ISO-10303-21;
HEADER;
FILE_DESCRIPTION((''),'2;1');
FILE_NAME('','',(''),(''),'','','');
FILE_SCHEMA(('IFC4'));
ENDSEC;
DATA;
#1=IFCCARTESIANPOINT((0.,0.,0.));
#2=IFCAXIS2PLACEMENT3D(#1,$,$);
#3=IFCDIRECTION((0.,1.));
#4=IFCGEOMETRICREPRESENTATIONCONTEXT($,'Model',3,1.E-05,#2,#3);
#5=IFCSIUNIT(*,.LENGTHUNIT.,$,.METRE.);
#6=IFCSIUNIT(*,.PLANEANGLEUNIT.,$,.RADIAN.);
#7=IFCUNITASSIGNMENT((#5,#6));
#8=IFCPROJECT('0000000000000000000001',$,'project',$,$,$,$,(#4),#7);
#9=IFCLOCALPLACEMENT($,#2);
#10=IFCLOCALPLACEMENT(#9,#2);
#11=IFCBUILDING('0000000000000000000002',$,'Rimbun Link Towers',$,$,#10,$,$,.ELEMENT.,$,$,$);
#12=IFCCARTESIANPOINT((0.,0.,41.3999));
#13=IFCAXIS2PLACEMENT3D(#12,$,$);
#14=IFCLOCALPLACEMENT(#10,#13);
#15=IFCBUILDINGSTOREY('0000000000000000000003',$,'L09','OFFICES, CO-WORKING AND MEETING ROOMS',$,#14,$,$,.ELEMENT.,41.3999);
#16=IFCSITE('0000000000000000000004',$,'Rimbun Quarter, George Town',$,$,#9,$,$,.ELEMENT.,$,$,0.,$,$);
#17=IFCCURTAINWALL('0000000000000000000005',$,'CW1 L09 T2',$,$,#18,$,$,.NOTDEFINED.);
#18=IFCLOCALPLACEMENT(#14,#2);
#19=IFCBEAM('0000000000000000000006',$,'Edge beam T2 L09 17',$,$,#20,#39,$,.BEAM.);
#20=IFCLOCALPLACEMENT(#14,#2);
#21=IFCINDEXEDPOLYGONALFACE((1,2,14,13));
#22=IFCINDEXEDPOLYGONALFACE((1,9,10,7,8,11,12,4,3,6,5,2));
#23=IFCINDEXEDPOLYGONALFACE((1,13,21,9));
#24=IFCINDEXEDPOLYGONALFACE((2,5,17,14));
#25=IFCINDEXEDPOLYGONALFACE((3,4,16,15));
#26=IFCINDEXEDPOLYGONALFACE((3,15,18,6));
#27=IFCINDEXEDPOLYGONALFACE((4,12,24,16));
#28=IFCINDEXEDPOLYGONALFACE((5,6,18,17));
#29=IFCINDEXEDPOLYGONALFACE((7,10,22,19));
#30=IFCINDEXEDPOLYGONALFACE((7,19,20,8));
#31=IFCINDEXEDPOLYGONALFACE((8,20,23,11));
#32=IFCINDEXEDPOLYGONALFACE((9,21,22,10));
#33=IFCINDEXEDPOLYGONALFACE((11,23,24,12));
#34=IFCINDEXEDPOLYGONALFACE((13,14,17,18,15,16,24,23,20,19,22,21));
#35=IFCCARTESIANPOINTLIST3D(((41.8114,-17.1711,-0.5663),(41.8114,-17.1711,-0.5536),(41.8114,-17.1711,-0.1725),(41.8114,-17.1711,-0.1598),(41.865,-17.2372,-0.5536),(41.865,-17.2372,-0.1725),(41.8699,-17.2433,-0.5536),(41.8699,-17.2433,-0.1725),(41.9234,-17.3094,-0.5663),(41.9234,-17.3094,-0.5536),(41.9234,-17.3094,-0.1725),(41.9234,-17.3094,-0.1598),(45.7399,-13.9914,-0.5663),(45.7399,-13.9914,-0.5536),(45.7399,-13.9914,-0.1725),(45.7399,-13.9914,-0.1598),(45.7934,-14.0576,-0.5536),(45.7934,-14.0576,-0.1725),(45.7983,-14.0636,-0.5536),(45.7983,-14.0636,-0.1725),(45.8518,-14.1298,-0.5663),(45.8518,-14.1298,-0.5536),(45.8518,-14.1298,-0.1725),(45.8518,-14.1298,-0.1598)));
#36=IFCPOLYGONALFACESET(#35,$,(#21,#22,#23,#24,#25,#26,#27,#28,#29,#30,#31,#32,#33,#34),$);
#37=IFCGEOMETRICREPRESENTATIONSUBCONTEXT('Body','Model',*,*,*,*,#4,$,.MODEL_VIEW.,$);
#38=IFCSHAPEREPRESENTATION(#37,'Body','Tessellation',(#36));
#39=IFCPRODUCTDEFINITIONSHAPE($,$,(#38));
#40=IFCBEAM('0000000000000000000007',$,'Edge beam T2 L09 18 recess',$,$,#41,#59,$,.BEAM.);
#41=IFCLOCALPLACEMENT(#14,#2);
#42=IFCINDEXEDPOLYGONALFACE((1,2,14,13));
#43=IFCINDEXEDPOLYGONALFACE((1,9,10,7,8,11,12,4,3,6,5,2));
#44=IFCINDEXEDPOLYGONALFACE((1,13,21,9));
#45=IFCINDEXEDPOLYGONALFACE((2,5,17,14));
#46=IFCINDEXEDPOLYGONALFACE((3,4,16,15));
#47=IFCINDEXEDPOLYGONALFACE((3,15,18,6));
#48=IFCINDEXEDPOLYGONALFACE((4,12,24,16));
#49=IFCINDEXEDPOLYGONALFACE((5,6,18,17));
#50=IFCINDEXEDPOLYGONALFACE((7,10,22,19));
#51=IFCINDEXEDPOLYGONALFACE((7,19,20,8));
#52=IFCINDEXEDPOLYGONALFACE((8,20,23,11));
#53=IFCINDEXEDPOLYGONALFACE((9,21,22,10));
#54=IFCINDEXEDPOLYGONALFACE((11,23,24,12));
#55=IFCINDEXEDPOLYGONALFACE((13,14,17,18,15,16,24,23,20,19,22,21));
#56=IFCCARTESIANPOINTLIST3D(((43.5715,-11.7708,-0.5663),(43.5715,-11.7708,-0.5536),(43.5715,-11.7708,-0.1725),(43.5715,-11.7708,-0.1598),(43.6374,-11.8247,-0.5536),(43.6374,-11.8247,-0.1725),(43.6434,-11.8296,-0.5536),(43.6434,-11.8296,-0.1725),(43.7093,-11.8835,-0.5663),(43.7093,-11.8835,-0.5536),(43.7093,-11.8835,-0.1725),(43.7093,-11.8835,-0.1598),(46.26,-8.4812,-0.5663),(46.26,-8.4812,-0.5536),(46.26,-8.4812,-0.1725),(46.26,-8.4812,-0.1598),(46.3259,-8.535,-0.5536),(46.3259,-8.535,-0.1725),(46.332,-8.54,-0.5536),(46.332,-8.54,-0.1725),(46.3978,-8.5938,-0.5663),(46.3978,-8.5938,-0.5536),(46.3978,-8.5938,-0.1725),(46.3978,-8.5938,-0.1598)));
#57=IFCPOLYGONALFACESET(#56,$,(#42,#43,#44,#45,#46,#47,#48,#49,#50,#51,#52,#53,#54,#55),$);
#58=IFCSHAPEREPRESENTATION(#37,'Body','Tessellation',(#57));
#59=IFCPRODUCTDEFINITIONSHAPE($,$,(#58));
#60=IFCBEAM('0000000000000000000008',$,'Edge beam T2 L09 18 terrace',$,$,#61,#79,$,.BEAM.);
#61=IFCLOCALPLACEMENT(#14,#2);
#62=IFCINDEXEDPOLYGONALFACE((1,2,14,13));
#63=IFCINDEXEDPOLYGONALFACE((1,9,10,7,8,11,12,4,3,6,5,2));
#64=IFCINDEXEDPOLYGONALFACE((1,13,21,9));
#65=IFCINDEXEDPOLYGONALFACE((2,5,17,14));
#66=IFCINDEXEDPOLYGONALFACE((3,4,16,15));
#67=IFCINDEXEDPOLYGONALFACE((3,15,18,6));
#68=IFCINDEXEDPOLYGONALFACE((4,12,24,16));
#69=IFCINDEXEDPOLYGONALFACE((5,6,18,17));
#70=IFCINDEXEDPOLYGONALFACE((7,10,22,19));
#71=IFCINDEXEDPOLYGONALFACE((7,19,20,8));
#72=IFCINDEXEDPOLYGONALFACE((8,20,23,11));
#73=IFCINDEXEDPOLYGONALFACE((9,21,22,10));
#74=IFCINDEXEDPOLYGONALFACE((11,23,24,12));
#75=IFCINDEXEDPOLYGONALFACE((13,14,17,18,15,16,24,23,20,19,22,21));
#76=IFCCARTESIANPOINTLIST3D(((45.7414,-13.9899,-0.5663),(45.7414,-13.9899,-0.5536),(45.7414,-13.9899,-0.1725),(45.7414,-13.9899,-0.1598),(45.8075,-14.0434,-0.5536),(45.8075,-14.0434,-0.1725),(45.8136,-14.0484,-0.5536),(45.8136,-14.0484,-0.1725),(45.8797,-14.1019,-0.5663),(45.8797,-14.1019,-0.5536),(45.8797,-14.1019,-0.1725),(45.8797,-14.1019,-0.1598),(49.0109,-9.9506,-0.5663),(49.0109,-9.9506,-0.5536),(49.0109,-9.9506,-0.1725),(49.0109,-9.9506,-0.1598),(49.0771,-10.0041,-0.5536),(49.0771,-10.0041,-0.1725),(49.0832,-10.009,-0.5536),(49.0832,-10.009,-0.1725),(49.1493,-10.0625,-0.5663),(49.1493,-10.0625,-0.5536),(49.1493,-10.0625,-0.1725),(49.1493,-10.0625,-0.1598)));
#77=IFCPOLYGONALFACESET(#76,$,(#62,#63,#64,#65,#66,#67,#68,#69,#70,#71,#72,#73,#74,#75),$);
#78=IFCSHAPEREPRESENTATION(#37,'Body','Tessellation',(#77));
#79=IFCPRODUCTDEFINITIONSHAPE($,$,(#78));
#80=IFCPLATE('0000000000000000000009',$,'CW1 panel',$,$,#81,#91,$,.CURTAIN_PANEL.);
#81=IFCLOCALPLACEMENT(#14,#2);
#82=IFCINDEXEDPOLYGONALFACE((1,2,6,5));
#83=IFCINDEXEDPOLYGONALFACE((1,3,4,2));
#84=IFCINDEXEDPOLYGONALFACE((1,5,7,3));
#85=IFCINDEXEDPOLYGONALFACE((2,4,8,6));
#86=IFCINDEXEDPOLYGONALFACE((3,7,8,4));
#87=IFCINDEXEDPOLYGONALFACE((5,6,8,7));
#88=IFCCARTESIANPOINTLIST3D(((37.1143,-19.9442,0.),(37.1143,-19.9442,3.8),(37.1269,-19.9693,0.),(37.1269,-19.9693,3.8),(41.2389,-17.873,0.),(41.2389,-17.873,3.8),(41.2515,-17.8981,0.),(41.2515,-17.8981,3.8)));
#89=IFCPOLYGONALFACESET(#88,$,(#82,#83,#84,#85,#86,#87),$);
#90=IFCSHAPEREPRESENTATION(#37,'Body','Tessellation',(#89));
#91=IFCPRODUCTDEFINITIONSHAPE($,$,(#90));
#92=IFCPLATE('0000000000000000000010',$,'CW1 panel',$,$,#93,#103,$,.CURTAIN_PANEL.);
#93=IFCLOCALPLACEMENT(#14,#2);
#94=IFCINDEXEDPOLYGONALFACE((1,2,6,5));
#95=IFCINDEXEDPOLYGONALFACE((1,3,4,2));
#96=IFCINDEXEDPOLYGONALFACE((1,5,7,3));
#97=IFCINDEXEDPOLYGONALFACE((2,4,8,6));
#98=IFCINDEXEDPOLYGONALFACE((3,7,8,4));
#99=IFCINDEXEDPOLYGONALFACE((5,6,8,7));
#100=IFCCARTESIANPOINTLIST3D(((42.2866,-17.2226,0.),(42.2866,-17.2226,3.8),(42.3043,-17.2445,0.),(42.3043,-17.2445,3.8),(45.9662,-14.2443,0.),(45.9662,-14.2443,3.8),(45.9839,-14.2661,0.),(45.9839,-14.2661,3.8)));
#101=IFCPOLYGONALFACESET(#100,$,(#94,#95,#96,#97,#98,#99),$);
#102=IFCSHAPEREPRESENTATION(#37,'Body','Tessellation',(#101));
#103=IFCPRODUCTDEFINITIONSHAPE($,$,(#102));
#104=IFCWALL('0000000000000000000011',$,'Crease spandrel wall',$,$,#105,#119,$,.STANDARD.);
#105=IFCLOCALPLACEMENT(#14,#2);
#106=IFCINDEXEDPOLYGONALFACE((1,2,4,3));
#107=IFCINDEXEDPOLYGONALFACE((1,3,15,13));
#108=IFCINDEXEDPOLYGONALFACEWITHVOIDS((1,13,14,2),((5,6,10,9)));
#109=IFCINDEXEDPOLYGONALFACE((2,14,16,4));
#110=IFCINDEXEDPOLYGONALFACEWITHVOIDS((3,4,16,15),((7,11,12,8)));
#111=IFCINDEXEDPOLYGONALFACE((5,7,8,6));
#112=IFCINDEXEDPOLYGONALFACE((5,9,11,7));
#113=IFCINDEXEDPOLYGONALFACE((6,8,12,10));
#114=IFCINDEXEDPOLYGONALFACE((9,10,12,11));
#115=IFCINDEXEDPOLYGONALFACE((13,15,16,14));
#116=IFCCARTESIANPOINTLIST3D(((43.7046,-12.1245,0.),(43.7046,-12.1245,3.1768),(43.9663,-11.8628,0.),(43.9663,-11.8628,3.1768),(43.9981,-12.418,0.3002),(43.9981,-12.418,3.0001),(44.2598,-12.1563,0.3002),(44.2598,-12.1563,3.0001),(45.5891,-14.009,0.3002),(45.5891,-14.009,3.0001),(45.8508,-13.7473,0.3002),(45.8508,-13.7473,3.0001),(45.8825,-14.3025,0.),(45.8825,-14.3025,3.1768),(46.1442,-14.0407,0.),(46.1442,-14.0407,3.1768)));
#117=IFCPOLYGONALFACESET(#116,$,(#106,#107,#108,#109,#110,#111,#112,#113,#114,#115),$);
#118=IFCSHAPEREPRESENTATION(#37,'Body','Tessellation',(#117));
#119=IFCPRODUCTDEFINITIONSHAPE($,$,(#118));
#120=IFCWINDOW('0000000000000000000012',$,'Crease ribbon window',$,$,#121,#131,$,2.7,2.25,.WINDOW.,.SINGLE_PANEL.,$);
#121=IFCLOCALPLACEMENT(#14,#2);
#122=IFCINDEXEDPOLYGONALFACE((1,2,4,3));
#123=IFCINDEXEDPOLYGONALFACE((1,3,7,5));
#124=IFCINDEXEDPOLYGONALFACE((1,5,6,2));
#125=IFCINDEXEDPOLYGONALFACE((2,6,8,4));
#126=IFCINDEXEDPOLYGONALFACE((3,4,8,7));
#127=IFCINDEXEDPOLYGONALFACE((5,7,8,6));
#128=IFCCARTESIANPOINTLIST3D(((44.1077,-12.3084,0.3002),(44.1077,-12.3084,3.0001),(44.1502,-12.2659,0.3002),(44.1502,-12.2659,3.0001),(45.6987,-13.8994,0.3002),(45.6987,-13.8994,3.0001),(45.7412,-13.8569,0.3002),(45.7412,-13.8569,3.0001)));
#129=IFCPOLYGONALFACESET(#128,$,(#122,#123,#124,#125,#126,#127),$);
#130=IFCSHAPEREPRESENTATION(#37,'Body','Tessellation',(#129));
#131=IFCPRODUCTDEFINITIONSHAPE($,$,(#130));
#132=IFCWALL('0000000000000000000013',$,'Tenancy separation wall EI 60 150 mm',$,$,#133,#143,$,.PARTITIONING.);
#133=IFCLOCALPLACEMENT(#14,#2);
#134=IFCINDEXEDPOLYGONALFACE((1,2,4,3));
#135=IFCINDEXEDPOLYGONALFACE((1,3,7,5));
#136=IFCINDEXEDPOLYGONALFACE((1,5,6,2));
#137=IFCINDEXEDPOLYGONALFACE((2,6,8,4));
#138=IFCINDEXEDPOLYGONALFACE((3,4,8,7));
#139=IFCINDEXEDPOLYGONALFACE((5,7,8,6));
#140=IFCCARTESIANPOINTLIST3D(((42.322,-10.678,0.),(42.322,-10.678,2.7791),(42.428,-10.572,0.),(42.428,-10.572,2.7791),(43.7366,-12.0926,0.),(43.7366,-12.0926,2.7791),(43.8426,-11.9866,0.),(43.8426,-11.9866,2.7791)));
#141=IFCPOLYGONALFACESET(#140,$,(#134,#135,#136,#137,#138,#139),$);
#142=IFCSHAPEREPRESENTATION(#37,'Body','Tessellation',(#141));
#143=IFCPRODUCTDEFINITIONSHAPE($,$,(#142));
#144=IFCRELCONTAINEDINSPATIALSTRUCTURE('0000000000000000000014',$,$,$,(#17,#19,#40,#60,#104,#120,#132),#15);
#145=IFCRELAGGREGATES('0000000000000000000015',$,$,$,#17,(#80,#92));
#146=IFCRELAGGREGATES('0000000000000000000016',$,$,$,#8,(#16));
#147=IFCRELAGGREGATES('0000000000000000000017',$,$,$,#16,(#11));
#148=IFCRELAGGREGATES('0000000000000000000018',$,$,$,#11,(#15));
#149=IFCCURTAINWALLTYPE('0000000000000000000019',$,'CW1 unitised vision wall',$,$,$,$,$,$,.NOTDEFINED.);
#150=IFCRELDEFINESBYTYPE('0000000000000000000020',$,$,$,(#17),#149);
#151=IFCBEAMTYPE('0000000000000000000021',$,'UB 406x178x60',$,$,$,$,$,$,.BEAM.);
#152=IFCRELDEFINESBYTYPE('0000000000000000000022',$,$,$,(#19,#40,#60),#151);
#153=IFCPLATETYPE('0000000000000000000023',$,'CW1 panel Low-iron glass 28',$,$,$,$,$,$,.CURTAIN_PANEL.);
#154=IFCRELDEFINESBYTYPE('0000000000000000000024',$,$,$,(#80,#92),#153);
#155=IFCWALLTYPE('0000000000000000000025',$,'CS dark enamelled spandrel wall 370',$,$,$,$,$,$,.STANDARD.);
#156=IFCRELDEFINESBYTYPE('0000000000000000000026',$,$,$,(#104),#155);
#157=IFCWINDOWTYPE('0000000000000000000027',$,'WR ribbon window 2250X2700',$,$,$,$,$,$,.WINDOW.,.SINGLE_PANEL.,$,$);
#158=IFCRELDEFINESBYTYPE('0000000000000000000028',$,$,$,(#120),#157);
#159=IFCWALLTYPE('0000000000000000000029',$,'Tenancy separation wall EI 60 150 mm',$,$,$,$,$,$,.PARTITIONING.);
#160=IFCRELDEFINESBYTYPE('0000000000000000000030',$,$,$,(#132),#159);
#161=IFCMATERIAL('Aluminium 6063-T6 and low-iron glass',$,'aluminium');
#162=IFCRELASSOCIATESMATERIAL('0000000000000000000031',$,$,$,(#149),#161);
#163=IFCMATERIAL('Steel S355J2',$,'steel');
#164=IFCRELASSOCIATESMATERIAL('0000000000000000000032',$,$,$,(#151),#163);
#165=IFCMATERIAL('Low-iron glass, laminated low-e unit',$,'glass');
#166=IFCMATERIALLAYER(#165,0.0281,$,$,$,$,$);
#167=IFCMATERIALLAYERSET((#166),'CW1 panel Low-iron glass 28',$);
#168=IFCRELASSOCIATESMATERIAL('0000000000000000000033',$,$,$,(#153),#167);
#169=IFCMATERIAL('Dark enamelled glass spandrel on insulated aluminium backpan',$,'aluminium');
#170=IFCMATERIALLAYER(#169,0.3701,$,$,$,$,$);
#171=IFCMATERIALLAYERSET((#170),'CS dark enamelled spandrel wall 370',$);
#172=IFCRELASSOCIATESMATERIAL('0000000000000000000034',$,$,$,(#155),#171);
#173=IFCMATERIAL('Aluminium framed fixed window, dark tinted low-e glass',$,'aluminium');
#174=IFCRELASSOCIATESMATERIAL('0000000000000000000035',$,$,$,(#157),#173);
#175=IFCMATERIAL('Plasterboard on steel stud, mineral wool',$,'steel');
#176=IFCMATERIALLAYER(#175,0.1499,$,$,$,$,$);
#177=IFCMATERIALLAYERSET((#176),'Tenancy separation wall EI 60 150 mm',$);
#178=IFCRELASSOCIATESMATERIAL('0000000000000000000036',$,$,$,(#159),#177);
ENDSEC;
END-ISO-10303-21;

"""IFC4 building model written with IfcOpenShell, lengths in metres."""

from ifc_helpers import new_model, si_unit, direction, frame, frame_2d, origin, origin_2d, place, context, subcontext, project, spatial, rectangle, i_section, extrude, material, layer, layer_set, material_profile, profile_set, type_object, element, fill, aggregate, save


model = new_model("IFC4")

# Units and contexts
model_context = context("Model", 3, precision=1e-05, world=origin(), true_north=direction((0.0, 1.0)))
body_context = subcontext(model_context, "Body", "Model", "MODEL_VIEW")
ifc_project = project(units=[si_unit("LENGTHUNIT", "METRE"), si_unit("PLANEANGLEUNIT", "RADIAN")], contexts=[model_context])

# Site, building, storey
site_placement = place(None, origin())
site = spatial("IfcSite", under=ifc_project, at=site_placement, Name="Rimbun Quarter, George Town", CompositionType="ELEMENT", RefElevation=0.0)
building_placement = place(site_placement, origin())
building = spatial("IfcBuilding", under=site, at=building_placement, Name="Rimbun Link Towers", CompositionType="ELEMENT")
storey_placement = place(building_placement, frame((0.0, 0.0, 41.3999)))
storey = spatial("IfcBuildingStorey", under=building, at=storey_placement, Name="L09", Description="OFFICES, CO-WORKING AND MEETING ROOMS", CompositionType="ELEMENT", Elevation=41.3999)

# Curtain wall
ifc_material_1 = material(Name="Aluminium 6063-T6 and low-iron glass", Category="aluminium")
curtain_wall_type = type_object("IfcCurtainWallType", Name="CW1 unitised vision wall", PredefinedType="NOTDEFINED", material=ifc_material_1)
curtain_wall_placement = place(storey_placement, origin())
curtain_wall = element("IfcCurtainWall", 1, at=curtain_wall_placement, inside=storey, type_object=curtain_wall_type, Name="CW1 L09 T2", PredefinedType="NOTDEFINED")

# Beams
ifc_material_2 = material(Name="Steel S355J2", Category="steel")
ifc_material_profile_1 = material_profile(ifc_material_2, i_section(OverallWidth=0.178, OverallDepth=0.4065, WebThickness=0.0078, FlangeThickness=0.0127, at=origin_2d()), Name="UB 406x178x60")
ifc_profile_set_1 = profile_set([ifc_material_profile_1], Name="Steel S355J2")
beam_type = type_object("IfcBeamType", Name="UB 406x178x60", PredefinedType="BEAM", material=ifc_profile_set_1)
beam_1_placement = place(storey_placement, frame((41.8674, -17.2402, -0.363), z_axis=(0.777293, 0.629138, 0.0), x_axis=(-0.629138, 0.777293, 0.0)))
element("IfcBeam", 2, at=beam_1_placement, inside=storey, type_object=beam_type, Name="Edge beam T2 L09 17", PredefinedType="BEAM", context=body_context, shape_type="SweptSolid", body=[
    extrude(i_section(OverallWidth=0.178, OverallDepth=0.4065, WebThickness=0.0078, FlangeThickness=0.0127, at=origin_2d()), origin(), (0.0, 0.0, 1.0), 5.054),
])
beam_2_placement = place(storey_placement, frame((43.6404, -11.8271, -0.363), z_axis=(0.632818, 0.7743, 0.0), x_axis=(-0.7743, 0.632818, 0.0)))
element("IfcBeam", 3, at=beam_2_placement, inside=storey, type_object=beam_type, Name="Edge beam T2 L09 18 recess", PredefinedType="BEAM", context=body_context, shape_type="SweptSolid", body=[
    extrude(i_section(OverallWidth=0.178, OverallDepth=0.4065, WebThickness=0.0078, FlangeThickness=0.0127, at=origin_2d()), origin(), (0.0, 0.0, 1.0), 4.2485),
])
beam_3_placement = place(storey_placement, frame((45.8105, -14.0459, -0.363), z_axis=(0.629154, 0.777281, 0.0), x_axis=(-0.777281, 0.629154, 0.0)))
element("IfcBeam", 4, at=beam_3_placement, inside=storey, type_object=beam_type, Name="Edge beam T2 L09 18 terrace", PredefinedType="BEAM", context=body_context, shape_type="SweptSolid", body=[
    extrude(i_section(OverallWidth=0.178, OverallDepth=0.4065, WebThickness=0.0078, FlangeThickness=0.0127, at=origin_2d()), origin(), (0.0, 0.0, 1.0), 5.1968),
])

# Plates
ifc_material_3 = material(Name="Low-iron glass, laminated low-e unit", Category="glass")
ifc_layer_1 = layer(ifc_material_3, 0.0281)
ifc_layer_set_1 = layer_set([ifc_layer_1], Name="CW1 panel Low-iron glass 28")
plate_type = type_object("IfcPlateType", Name="CW1 panel Low-iron glass 28", PredefinedType="CURTAIN_PANEL", material=ifc_layer_set_1)
plate_1_placement = place(storey_placement, frame((39.1829, -18.9211, 0.0), z_axis=(0.0, 0.0, 1.0), x_axis=(-0.893649, -0.448766, 0.0)))
plate_1 = element("IfcPlate", 5, at=plate_1_placement, type_object=plate_type, Name="CW1 panel", PredefinedType="CURTAIN_PANEL", context=body_context, shape_type="SweptSolid", body=[
    extrude(rectangle(XDim=4.6155, YDim=0.0281, at=origin_2d()), origin(), (0.0, 0.0, 1.0), 3.8),
])
plate_2_placement = place(storey_placement, frame((44.1353, -15.7444, 0.0), z_axis=(0.0, 0.0, 1.0), x_axis=(-0.77728, -0.629155, 0.0)))
plate_2 = element("IfcPlate", 6, at=plate_2_placement, type_object=plate_type, Name="CW1 panel", PredefinedType="CURTAIN_PANEL", context=body_context, shape_type="SweptSolid", body=[
    extrude(rectangle(XDim=4.7339, YDim=0.0281, at=origin_2d()), origin(), (0.0, 0.0, 1.0), 3.8),
])
aggregate(curtain_wall, [plate_1, plate_2])

# Wall, opening, window
ifc_material_4 = material(Name="Dark enamelled glass spandrel on insulated aluminium backpan", Category="aluminium")
ifc_layer_2 = layer(ifc_material_4, 0.3701)
ifc_layer_set_2 = layer_set([ifc_layer_2], Name="CS dark enamelled spandrel wall 370")
wall_type_1 = type_object("IfcWallType", Name="CS dark enamelled spandrel wall 370", PredefinedType="STANDARD", material=ifc_layer_set_2)
wall_1_placement = place(storey_placement, frame((43.8354, -11.9937, 0.0), z_axis=(0.0, 0.0, 1.0), x_axis=(0.707107, -0.707107, 0.0)))
wall_1 = element("IfcWall", 7, at=wall_1_placement, inside=storey, type_object=wall_type_1, Name="Crease spandrel wall", PredefinedType="STANDARD", context=body_context, shape_type="SweptSolid", body=[
    extrude(rectangle(XDim=3.0801, YDim=0.3701, at=frame_2d((1.54, 0.0))), origin(), (0.0, 0.0, 1.0), 3.1768),
])
opening_placement = place(wall_1_placement, frame((0.415, 0.0, 0.3)))
opening = element("IfcOpeningElement", 8, at=opening_placement, cuts=wall_1, PredefinedType="OPENING", context=body_context, shape_type="SweptSolid", body=[
    extrude(rectangle(XDim=2.25, YDim=2.7, at=frame_2d((1.125, 1.3501))), frame((0.0, 0.1951, 0.0), z_axis=(0.0, -1.0, 0.0), x_axis=(1.0, 0.0, 0.0)), (0.0, 0.0, 1.0), 0.3901),
])
ifc_material_5 = material(Name="Aluminium framed fixed window, dark tinted low-e glass", Category="aluminium")
window_type = type_object("IfcWindowType", Name="WR ribbon window 2250X2700", PartitioningType="SINGLE_PANEL", PredefinedType="WINDOW", material=ifc_material_5)
window_placement = place(opening_placement, origin())
window = element("IfcWindow", 9, at=window_placement, inside=storey, type_object=window_type, Name="Crease ribbon window", OverallHeight=2.7, OverallWidth=2.25, PartitioningType="SINGLE_PANEL", PredefinedType="WINDOW", context=body_context, shape_type="SweptSolid", body=[
    extrude(rectangle(XDim=2.25, YDim=2.7, at=frame_2d((1.125, 1.3501))), frame((0.0, 0.03, 0.0), z_axis=(0.0, -1.0, 0.0), x_axis=(1.0, 0.0, 0.0)), (0.0, 0.0, 1.0), 0.0601),
])
fill(opening, window)

# Wall
ifc_material_6 = material(Name="Plasterboard on steel stud, mineral wool", Category="steel")
ifc_layer_3 = layer(ifc_material_6, 0.1499)
ifc_layer_set_3 = layer_set([ifc_layer_3], Name="Tenancy separation wall EI 60 150 mm")
wall_type_2 = type_object("IfcWallType", Name="Tenancy separation wall EI 60 150 mm", PredefinedType="PARTITIONING", material=ifc_layer_set_3)
wall_2_placement = place(storey_placement, frame((42.375, -10.625, 0.0), z_axis=(0.0, 0.0, 1.0), x_axis=(0.707107, -0.707107, 0.0)))
element("IfcWall", 10, at=wall_2_placement, inside=storey, type_object=wall_type_2, Name="Tenancy separation wall EI 60 150 mm", PredefinedType="PARTITIONING", context=body_context, shape_type="SweptSolid", body=[
    extrude(rectangle(XDim=2.0005, YDim=0.1499, at=frame_2d((1.0002, 0.0))), origin(), (0.0, 0.0, 1.0), 2.7791),
])

save(model, "model.ifc")
